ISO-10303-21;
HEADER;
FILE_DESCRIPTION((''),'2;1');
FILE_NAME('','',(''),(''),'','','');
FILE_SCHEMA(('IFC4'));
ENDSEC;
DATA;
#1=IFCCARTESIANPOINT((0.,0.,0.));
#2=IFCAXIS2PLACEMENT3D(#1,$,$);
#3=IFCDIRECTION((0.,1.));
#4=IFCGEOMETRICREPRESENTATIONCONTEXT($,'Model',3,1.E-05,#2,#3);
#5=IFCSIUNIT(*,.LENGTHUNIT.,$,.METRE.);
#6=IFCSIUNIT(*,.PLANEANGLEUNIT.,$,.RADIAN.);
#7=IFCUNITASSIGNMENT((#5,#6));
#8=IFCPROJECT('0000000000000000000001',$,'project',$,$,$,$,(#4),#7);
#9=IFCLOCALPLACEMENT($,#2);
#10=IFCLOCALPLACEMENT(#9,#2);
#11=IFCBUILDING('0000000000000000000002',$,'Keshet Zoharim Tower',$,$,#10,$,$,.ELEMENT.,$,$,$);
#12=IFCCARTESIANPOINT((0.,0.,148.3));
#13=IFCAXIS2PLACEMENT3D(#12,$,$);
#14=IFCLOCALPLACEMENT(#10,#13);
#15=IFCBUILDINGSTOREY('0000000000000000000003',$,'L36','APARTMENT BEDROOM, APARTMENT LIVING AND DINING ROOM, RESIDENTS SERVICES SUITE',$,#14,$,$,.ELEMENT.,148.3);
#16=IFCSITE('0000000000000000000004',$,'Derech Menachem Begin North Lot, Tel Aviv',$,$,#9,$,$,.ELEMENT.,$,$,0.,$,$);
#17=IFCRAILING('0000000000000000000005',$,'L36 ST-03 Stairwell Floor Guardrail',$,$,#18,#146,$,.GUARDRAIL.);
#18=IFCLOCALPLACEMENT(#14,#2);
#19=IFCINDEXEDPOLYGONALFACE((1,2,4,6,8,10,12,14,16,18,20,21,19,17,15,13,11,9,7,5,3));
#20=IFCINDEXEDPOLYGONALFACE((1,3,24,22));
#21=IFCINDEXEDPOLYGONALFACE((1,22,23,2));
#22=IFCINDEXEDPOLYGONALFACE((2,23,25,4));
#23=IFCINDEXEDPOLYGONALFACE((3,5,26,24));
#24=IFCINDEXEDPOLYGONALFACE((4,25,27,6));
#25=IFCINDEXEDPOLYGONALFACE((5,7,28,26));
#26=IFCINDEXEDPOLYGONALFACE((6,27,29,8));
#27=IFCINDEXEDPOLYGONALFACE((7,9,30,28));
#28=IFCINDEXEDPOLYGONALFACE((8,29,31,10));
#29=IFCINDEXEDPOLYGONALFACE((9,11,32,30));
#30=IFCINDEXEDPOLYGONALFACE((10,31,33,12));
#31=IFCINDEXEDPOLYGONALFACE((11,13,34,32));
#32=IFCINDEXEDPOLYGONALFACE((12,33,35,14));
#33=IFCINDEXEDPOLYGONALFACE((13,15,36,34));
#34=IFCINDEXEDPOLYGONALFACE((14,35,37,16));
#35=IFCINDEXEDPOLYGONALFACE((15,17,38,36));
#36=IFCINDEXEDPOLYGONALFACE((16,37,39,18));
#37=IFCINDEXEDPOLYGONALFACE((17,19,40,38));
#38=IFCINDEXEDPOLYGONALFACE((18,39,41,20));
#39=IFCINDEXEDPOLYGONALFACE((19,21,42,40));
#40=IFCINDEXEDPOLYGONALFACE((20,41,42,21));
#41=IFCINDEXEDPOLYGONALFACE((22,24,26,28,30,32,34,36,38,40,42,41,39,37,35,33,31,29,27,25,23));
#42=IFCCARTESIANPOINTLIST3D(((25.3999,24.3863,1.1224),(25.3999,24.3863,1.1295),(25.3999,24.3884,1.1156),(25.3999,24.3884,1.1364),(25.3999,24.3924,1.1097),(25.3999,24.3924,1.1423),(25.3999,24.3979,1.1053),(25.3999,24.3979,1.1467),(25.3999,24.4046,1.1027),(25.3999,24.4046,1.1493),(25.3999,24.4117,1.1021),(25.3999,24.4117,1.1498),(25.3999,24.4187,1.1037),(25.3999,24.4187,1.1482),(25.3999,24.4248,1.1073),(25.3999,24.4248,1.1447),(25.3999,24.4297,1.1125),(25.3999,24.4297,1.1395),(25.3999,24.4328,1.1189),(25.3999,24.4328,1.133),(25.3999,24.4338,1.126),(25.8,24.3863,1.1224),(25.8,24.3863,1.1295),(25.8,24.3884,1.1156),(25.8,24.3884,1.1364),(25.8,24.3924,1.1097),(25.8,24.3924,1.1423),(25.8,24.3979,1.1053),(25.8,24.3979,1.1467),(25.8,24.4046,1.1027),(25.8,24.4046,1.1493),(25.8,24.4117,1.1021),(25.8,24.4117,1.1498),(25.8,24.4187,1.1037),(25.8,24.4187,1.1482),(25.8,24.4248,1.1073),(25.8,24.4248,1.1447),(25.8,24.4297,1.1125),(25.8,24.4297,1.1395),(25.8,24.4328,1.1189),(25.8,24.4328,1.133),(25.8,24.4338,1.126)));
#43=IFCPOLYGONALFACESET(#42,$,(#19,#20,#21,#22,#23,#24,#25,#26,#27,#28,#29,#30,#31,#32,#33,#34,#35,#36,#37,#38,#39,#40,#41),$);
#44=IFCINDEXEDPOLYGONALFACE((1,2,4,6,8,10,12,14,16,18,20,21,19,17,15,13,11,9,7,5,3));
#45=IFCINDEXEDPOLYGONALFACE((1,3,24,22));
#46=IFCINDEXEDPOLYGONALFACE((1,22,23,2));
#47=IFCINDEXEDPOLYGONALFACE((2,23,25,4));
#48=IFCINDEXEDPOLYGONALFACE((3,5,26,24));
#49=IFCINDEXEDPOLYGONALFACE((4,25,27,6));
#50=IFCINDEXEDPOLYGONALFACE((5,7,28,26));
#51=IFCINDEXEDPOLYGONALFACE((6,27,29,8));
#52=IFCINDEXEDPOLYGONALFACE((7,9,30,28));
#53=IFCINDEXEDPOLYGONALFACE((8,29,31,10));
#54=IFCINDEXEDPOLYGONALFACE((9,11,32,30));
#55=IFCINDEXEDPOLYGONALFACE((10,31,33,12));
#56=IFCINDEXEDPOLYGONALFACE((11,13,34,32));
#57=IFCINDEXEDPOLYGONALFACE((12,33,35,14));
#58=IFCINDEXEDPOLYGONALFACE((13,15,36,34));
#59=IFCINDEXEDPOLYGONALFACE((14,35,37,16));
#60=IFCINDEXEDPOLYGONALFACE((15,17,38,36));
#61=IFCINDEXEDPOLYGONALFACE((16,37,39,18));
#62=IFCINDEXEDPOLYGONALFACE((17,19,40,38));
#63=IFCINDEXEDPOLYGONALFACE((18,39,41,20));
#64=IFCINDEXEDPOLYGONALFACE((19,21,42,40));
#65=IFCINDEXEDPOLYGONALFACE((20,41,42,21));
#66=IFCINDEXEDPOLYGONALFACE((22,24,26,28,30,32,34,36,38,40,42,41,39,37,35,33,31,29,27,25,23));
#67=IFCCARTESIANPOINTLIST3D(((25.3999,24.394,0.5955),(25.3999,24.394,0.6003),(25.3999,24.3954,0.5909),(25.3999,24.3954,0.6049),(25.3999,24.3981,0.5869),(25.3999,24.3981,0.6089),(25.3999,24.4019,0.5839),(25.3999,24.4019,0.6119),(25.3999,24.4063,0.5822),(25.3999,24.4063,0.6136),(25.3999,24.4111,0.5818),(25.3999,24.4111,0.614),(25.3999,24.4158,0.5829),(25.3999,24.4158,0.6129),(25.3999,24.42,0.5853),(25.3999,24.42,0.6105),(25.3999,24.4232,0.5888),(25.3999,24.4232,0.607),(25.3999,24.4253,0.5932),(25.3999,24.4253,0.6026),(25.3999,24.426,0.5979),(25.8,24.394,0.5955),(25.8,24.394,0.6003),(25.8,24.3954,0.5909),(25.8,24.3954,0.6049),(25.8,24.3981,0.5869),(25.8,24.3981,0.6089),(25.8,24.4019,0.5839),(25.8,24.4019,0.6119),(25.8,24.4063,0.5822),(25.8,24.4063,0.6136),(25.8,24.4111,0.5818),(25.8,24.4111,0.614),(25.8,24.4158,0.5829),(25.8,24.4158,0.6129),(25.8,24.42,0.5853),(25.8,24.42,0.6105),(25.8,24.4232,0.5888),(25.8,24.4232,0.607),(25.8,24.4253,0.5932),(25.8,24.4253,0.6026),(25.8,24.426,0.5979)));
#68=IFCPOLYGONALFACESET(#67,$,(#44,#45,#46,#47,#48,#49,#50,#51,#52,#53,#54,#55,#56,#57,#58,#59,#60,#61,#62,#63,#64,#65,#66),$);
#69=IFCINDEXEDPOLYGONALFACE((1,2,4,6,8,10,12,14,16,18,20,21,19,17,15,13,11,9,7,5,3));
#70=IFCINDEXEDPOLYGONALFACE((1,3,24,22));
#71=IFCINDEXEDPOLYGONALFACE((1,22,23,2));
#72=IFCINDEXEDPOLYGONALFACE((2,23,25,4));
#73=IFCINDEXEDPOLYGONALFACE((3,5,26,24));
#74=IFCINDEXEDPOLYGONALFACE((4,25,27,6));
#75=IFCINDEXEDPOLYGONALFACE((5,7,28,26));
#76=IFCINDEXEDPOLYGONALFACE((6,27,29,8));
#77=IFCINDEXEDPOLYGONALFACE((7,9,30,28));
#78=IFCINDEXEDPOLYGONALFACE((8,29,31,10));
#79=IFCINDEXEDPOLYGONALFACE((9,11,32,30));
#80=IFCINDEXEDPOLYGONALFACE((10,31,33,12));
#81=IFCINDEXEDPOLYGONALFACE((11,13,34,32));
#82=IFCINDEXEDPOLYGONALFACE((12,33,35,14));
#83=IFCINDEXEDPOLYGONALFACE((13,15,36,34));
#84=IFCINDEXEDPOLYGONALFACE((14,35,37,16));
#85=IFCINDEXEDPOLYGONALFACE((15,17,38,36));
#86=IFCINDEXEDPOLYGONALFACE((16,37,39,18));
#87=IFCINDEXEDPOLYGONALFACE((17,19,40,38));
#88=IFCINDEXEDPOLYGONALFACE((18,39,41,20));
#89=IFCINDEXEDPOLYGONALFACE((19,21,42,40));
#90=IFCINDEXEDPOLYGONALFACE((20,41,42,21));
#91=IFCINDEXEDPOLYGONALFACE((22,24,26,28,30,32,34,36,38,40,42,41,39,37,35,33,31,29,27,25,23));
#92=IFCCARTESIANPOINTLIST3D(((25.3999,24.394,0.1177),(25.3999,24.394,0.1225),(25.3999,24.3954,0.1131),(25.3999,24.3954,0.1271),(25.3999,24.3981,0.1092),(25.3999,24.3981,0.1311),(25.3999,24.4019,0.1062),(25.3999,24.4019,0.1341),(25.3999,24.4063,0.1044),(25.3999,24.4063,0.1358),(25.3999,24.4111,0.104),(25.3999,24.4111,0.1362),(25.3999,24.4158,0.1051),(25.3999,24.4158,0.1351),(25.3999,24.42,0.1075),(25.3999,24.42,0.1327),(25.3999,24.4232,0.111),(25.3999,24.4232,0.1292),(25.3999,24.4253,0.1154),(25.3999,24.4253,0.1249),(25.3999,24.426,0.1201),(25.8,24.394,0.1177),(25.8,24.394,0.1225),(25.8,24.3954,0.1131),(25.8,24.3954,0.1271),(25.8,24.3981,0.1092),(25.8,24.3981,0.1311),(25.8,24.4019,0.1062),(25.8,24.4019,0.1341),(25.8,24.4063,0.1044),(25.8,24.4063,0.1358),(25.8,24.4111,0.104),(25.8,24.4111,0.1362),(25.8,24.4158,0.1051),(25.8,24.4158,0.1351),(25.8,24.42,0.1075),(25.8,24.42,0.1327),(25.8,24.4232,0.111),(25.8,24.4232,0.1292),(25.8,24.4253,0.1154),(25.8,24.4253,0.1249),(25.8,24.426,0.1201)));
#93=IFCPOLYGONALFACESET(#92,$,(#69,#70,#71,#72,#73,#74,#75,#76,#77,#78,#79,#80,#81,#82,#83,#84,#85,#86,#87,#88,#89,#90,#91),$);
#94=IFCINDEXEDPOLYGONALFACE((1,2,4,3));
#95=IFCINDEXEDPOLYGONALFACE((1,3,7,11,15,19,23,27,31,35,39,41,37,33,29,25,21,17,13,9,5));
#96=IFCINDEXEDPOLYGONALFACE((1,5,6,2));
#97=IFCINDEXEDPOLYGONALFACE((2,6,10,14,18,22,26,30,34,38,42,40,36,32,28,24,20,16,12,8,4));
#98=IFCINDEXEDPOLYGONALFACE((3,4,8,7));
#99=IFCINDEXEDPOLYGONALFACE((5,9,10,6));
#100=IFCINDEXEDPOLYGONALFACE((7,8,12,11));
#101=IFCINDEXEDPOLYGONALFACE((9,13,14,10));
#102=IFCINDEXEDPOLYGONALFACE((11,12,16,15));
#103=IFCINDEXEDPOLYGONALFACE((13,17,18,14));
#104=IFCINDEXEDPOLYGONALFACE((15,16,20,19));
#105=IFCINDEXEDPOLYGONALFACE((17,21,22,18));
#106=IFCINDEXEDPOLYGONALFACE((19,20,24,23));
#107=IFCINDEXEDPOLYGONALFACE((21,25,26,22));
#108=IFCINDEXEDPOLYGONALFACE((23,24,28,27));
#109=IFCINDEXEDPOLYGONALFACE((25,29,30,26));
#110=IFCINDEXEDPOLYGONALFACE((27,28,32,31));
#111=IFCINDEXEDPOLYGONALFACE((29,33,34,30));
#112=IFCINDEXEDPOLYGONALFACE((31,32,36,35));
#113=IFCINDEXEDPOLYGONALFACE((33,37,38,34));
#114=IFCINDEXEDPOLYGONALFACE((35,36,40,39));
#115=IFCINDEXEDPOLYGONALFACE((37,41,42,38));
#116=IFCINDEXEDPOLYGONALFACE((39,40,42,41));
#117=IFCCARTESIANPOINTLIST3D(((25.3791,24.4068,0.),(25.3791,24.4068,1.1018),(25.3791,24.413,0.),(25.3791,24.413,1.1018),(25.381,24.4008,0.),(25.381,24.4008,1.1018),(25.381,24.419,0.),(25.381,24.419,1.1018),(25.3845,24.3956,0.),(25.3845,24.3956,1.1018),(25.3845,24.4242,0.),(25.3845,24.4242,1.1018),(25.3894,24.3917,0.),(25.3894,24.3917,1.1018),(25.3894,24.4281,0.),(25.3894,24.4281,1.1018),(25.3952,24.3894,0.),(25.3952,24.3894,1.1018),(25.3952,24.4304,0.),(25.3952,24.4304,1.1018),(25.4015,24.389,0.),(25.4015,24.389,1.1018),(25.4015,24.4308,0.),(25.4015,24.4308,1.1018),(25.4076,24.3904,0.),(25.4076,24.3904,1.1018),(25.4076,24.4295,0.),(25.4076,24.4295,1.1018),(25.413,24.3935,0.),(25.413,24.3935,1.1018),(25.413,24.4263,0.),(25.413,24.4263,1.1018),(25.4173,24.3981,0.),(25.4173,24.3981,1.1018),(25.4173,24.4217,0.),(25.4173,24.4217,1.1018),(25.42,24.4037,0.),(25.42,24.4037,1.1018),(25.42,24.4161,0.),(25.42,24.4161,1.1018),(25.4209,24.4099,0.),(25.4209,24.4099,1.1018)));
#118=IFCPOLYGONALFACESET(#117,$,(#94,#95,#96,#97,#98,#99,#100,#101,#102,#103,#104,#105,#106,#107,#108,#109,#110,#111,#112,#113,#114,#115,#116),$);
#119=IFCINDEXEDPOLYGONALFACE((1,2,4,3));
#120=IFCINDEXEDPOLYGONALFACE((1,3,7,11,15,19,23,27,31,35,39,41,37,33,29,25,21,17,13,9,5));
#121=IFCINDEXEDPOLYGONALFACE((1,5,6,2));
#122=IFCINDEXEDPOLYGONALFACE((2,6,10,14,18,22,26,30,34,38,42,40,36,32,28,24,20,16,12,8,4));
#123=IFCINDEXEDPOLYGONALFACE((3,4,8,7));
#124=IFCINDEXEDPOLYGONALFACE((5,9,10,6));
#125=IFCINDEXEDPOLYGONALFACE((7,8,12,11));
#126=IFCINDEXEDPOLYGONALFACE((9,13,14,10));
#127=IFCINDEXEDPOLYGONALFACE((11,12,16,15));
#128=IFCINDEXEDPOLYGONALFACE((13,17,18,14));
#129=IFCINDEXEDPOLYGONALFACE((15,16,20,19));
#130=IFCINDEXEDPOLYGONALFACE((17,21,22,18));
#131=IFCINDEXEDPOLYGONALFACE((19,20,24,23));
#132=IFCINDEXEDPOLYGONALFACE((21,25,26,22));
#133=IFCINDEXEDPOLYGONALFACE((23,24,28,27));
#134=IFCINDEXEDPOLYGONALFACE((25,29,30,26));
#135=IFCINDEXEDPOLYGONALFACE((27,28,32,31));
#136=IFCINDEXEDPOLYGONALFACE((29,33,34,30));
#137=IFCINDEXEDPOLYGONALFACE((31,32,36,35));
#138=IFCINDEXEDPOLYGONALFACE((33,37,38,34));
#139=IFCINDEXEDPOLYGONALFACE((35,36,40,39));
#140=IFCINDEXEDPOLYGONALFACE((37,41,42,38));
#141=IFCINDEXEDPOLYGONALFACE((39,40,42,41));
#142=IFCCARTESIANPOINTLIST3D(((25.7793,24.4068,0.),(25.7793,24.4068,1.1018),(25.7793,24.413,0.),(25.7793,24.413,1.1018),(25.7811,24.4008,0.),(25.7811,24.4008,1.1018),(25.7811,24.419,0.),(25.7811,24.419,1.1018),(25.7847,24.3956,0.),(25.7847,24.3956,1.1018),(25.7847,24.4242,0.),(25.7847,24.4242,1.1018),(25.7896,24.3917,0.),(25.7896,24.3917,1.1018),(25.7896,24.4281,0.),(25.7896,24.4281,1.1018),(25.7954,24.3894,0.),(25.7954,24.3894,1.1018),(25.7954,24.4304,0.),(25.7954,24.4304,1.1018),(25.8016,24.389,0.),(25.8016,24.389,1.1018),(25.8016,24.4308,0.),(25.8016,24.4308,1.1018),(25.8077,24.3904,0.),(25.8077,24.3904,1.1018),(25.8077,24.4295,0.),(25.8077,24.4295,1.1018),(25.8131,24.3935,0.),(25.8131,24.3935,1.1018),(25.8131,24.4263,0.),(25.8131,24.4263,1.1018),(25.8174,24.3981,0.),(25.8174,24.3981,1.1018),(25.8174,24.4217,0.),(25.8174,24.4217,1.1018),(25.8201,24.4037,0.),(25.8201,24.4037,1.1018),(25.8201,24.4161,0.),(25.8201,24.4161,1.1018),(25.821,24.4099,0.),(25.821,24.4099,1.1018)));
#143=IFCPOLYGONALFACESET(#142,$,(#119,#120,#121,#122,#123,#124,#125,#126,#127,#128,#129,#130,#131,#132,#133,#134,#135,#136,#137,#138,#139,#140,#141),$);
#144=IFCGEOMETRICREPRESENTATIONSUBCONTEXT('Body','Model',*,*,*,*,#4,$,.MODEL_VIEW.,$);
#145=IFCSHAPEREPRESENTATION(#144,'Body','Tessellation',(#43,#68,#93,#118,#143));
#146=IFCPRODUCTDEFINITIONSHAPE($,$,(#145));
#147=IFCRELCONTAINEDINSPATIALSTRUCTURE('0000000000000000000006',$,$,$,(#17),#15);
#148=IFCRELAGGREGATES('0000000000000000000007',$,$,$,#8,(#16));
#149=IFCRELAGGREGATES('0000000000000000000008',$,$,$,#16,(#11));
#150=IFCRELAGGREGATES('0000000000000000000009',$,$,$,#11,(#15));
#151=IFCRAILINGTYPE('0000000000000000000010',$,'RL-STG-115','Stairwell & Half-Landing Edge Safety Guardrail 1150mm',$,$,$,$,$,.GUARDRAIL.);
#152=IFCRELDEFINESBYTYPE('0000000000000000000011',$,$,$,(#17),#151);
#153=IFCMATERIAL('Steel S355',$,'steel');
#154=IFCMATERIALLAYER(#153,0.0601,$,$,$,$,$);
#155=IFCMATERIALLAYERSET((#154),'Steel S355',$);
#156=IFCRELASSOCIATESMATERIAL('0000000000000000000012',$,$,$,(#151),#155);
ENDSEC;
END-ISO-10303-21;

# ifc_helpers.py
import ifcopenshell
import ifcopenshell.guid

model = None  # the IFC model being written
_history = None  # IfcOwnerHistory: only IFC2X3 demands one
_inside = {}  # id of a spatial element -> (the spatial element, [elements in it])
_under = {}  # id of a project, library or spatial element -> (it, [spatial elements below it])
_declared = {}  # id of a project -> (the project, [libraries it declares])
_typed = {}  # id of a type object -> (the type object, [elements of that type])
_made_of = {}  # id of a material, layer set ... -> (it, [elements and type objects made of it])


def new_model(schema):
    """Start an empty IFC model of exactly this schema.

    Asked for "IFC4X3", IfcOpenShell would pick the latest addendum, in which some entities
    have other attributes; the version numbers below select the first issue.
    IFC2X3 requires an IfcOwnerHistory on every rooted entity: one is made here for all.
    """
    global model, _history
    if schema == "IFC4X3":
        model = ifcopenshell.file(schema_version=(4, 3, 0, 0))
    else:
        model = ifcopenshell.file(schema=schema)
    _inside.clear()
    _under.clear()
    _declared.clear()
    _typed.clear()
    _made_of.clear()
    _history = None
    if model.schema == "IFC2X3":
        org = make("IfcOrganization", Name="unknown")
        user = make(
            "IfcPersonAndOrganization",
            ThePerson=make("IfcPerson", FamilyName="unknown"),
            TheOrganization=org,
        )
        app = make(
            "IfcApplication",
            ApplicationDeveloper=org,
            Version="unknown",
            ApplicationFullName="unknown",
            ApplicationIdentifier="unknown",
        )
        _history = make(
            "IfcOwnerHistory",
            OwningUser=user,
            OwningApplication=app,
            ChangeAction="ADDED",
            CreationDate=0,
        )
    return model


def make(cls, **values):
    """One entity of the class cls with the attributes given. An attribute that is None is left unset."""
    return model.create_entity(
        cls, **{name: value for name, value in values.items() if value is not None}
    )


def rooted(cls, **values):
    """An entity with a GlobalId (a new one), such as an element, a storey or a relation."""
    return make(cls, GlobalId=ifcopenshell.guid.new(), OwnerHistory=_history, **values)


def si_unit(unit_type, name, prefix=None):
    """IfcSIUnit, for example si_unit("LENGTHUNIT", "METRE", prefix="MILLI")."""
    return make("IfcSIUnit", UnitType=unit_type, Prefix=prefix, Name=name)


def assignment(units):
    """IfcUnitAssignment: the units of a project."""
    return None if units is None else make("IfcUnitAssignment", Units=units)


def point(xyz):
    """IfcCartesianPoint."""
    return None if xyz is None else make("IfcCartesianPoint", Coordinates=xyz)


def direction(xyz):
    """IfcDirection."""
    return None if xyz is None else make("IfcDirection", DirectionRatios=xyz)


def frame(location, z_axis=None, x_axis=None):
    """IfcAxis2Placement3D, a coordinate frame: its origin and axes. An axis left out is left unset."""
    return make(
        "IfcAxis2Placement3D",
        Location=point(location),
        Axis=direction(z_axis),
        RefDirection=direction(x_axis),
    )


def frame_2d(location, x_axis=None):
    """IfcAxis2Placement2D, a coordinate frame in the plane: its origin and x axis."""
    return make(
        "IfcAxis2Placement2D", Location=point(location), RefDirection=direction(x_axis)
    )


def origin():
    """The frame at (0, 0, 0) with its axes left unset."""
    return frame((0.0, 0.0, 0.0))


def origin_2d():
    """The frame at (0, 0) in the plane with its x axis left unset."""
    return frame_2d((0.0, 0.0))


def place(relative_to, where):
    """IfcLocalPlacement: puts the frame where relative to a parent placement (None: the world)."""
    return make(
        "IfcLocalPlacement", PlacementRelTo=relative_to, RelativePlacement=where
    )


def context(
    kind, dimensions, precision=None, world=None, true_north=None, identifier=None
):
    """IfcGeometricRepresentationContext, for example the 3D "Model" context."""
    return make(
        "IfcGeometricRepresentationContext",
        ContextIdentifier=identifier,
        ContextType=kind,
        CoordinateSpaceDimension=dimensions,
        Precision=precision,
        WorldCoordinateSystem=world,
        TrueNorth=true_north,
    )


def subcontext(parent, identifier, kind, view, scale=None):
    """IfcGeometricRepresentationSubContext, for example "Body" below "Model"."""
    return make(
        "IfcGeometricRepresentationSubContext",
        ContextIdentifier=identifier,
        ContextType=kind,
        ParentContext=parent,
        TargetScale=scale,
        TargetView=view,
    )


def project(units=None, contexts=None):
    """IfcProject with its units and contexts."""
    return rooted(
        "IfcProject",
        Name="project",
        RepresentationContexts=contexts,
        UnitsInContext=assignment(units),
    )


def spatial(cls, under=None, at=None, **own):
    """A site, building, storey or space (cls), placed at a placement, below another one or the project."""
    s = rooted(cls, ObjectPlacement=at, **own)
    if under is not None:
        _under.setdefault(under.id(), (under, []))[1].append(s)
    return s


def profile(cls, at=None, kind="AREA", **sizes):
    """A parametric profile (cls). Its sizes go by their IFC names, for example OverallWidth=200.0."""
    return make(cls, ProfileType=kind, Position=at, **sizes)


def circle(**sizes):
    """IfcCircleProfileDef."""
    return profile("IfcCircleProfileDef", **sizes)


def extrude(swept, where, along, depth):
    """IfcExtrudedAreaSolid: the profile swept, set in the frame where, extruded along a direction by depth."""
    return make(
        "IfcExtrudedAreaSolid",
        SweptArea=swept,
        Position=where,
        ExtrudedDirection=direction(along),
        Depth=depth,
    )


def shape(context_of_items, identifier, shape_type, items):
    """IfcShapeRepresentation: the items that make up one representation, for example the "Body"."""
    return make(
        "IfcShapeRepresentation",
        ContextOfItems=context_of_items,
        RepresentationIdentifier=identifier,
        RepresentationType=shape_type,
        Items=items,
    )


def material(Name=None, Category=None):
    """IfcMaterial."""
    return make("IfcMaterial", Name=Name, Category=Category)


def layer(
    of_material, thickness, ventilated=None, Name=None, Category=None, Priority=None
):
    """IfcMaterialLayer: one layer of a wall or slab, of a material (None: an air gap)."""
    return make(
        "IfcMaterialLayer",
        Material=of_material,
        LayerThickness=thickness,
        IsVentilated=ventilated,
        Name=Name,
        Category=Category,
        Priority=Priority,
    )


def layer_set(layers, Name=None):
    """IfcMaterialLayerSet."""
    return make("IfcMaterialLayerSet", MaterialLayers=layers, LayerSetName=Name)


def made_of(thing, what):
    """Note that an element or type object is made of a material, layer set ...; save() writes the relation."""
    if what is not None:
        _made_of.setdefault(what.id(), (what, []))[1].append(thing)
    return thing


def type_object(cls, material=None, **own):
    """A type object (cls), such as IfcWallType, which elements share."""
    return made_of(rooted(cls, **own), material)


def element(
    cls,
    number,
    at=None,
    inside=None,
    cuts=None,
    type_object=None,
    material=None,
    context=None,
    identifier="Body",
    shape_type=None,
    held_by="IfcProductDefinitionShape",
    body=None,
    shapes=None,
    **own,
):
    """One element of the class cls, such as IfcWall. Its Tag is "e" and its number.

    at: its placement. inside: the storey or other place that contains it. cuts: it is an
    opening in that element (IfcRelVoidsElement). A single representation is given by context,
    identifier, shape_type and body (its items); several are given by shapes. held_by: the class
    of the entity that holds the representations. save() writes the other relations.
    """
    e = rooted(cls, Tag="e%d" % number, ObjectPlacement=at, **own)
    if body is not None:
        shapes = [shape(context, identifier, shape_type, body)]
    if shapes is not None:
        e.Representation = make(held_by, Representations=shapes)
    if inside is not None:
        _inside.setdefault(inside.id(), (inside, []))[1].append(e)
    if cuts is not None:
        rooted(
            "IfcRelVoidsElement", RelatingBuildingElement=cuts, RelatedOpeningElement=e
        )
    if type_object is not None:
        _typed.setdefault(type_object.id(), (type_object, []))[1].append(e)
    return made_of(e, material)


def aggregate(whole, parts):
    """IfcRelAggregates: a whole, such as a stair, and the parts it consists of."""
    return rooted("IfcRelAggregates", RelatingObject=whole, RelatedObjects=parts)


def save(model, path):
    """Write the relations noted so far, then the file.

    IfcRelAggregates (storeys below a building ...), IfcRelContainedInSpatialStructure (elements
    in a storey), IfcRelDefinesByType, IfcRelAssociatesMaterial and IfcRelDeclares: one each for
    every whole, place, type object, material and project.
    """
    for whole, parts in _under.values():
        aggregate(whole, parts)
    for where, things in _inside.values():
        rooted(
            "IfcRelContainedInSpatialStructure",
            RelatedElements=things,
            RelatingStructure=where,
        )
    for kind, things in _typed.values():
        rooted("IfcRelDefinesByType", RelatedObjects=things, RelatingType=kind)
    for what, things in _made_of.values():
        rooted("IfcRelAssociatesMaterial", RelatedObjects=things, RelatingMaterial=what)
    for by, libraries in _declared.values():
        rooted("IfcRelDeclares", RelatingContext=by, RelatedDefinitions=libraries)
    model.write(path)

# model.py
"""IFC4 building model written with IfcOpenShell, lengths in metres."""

from ifc_helpers import new_model, si_unit, direction, frame, origin, origin_2d, place, context, subcontext, project, spatial, circle, extrude, material, layer, layer_set, type_object, element, save


model = new_model("IFC4")

# Units and contexts
model_context = context("Model", 3, precision=1e-05, world=origin(), true_north=direction((0.0, 1.0)))
body_context = subcontext(model_context, "Body", "Model", "MODEL_VIEW")
ifc_project = project(units=[si_unit("LENGTHUNIT", "METRE"), si_unit("PLANEANGLEUNIT", "RADIAN")], contexts=[model_context])

# Site, building, storey
site_placement = place(None, origin())
site = spatial("IfcSite", under=ifc_project, at=site_placement, Name="Derech Menachem Begin North Lot, Tel Aviv", CompositionType="ELEMENT", RefElevation=0.0)
building_placement = place(site_placement, origin())
building = spatial("IfcBuilding", under=site, at=building_placement, Name="Keshet Zoharim Tower", CompositionType="ELEMENT")
storey_placement = place(building_placement, frame((0.0, 0.0, 148.3)))
storey = spatial("IfcBuildingStorey", under=building, at=storey_placement, Name="L36", Description="APARTMENT BEDROOM, APARTMENT LIVING AND DINING ROOM, RESIDENTS SERVICES SUITE", CompositionType="ELEMENT", Elevation=148.3)

# Railing
ifc_material_1 = material(Name="Steel S355", Category="steel")
ifc_layer_1 = layer(ifc_material_1, 0.0601)
ifc_layer_set_1 = layer_set([ifc_layer_1], Name="Steel S355")
railing_type_1 = type_object("IfcRailingType", Name="RL-STG-115", Description="Stairwell & Half-Landing Edge Safety Guardrail 1150mm", PredefinedType="GUARDRAIL", material=ifc_layer_set_1)
railing_1_placement = place(storey_placement, frame((25.3999, 24.4099, 0.0)))
element("IfcRailing", 1, at=railing_1_placement, inside=storey, type_object=railing_type_1, Name="L36 ST-03 Stairwell Floor Guardrail", PredefinedType="GUARDRAIL", context=body_context, shape_type="SweptSolid", body=[
    extrude(circle(Radius=0.0239, at=origin_2d()), frame((0.0, 0.0, 1.126), z_axis=(1.0, 0.0, 0.0), x_axis=(0.0, 1.0, 0.0)), (0.0, 0.0, 1.0), 0.4001),
    extrude(circle(Radius=0.0161, at=origin_2d()), frame((0.0, 0.0, 0.5979), z_axis=(1.0, 0.0, 0.0), x_axis=(0.0, 1.0, 0.0)), (0.0, 0.0, 1.0), 0.4001),
    extrude(circle(Radius=0.0161, at=origin_2d()), frame((0.0, 0.0, 0.1201), z_axis=(1.0, 0.0, 0.0), x_axis=(0.0, 1.0, 0.0)), (0.0, 0.0, 1.0), 0.4001),
    extrude(circle(Radius=0.021, at=origin_2d()), origin(), (0.0, 0.0, 1.0), 1.1018),
    extrude(circle(Radius=0.021, at=origin_2d()), frame((0.4001, 0.0, 0.0)), (0.0, 0.0, 1.0), 1.1018),
])

save(model, "model.ifc")
